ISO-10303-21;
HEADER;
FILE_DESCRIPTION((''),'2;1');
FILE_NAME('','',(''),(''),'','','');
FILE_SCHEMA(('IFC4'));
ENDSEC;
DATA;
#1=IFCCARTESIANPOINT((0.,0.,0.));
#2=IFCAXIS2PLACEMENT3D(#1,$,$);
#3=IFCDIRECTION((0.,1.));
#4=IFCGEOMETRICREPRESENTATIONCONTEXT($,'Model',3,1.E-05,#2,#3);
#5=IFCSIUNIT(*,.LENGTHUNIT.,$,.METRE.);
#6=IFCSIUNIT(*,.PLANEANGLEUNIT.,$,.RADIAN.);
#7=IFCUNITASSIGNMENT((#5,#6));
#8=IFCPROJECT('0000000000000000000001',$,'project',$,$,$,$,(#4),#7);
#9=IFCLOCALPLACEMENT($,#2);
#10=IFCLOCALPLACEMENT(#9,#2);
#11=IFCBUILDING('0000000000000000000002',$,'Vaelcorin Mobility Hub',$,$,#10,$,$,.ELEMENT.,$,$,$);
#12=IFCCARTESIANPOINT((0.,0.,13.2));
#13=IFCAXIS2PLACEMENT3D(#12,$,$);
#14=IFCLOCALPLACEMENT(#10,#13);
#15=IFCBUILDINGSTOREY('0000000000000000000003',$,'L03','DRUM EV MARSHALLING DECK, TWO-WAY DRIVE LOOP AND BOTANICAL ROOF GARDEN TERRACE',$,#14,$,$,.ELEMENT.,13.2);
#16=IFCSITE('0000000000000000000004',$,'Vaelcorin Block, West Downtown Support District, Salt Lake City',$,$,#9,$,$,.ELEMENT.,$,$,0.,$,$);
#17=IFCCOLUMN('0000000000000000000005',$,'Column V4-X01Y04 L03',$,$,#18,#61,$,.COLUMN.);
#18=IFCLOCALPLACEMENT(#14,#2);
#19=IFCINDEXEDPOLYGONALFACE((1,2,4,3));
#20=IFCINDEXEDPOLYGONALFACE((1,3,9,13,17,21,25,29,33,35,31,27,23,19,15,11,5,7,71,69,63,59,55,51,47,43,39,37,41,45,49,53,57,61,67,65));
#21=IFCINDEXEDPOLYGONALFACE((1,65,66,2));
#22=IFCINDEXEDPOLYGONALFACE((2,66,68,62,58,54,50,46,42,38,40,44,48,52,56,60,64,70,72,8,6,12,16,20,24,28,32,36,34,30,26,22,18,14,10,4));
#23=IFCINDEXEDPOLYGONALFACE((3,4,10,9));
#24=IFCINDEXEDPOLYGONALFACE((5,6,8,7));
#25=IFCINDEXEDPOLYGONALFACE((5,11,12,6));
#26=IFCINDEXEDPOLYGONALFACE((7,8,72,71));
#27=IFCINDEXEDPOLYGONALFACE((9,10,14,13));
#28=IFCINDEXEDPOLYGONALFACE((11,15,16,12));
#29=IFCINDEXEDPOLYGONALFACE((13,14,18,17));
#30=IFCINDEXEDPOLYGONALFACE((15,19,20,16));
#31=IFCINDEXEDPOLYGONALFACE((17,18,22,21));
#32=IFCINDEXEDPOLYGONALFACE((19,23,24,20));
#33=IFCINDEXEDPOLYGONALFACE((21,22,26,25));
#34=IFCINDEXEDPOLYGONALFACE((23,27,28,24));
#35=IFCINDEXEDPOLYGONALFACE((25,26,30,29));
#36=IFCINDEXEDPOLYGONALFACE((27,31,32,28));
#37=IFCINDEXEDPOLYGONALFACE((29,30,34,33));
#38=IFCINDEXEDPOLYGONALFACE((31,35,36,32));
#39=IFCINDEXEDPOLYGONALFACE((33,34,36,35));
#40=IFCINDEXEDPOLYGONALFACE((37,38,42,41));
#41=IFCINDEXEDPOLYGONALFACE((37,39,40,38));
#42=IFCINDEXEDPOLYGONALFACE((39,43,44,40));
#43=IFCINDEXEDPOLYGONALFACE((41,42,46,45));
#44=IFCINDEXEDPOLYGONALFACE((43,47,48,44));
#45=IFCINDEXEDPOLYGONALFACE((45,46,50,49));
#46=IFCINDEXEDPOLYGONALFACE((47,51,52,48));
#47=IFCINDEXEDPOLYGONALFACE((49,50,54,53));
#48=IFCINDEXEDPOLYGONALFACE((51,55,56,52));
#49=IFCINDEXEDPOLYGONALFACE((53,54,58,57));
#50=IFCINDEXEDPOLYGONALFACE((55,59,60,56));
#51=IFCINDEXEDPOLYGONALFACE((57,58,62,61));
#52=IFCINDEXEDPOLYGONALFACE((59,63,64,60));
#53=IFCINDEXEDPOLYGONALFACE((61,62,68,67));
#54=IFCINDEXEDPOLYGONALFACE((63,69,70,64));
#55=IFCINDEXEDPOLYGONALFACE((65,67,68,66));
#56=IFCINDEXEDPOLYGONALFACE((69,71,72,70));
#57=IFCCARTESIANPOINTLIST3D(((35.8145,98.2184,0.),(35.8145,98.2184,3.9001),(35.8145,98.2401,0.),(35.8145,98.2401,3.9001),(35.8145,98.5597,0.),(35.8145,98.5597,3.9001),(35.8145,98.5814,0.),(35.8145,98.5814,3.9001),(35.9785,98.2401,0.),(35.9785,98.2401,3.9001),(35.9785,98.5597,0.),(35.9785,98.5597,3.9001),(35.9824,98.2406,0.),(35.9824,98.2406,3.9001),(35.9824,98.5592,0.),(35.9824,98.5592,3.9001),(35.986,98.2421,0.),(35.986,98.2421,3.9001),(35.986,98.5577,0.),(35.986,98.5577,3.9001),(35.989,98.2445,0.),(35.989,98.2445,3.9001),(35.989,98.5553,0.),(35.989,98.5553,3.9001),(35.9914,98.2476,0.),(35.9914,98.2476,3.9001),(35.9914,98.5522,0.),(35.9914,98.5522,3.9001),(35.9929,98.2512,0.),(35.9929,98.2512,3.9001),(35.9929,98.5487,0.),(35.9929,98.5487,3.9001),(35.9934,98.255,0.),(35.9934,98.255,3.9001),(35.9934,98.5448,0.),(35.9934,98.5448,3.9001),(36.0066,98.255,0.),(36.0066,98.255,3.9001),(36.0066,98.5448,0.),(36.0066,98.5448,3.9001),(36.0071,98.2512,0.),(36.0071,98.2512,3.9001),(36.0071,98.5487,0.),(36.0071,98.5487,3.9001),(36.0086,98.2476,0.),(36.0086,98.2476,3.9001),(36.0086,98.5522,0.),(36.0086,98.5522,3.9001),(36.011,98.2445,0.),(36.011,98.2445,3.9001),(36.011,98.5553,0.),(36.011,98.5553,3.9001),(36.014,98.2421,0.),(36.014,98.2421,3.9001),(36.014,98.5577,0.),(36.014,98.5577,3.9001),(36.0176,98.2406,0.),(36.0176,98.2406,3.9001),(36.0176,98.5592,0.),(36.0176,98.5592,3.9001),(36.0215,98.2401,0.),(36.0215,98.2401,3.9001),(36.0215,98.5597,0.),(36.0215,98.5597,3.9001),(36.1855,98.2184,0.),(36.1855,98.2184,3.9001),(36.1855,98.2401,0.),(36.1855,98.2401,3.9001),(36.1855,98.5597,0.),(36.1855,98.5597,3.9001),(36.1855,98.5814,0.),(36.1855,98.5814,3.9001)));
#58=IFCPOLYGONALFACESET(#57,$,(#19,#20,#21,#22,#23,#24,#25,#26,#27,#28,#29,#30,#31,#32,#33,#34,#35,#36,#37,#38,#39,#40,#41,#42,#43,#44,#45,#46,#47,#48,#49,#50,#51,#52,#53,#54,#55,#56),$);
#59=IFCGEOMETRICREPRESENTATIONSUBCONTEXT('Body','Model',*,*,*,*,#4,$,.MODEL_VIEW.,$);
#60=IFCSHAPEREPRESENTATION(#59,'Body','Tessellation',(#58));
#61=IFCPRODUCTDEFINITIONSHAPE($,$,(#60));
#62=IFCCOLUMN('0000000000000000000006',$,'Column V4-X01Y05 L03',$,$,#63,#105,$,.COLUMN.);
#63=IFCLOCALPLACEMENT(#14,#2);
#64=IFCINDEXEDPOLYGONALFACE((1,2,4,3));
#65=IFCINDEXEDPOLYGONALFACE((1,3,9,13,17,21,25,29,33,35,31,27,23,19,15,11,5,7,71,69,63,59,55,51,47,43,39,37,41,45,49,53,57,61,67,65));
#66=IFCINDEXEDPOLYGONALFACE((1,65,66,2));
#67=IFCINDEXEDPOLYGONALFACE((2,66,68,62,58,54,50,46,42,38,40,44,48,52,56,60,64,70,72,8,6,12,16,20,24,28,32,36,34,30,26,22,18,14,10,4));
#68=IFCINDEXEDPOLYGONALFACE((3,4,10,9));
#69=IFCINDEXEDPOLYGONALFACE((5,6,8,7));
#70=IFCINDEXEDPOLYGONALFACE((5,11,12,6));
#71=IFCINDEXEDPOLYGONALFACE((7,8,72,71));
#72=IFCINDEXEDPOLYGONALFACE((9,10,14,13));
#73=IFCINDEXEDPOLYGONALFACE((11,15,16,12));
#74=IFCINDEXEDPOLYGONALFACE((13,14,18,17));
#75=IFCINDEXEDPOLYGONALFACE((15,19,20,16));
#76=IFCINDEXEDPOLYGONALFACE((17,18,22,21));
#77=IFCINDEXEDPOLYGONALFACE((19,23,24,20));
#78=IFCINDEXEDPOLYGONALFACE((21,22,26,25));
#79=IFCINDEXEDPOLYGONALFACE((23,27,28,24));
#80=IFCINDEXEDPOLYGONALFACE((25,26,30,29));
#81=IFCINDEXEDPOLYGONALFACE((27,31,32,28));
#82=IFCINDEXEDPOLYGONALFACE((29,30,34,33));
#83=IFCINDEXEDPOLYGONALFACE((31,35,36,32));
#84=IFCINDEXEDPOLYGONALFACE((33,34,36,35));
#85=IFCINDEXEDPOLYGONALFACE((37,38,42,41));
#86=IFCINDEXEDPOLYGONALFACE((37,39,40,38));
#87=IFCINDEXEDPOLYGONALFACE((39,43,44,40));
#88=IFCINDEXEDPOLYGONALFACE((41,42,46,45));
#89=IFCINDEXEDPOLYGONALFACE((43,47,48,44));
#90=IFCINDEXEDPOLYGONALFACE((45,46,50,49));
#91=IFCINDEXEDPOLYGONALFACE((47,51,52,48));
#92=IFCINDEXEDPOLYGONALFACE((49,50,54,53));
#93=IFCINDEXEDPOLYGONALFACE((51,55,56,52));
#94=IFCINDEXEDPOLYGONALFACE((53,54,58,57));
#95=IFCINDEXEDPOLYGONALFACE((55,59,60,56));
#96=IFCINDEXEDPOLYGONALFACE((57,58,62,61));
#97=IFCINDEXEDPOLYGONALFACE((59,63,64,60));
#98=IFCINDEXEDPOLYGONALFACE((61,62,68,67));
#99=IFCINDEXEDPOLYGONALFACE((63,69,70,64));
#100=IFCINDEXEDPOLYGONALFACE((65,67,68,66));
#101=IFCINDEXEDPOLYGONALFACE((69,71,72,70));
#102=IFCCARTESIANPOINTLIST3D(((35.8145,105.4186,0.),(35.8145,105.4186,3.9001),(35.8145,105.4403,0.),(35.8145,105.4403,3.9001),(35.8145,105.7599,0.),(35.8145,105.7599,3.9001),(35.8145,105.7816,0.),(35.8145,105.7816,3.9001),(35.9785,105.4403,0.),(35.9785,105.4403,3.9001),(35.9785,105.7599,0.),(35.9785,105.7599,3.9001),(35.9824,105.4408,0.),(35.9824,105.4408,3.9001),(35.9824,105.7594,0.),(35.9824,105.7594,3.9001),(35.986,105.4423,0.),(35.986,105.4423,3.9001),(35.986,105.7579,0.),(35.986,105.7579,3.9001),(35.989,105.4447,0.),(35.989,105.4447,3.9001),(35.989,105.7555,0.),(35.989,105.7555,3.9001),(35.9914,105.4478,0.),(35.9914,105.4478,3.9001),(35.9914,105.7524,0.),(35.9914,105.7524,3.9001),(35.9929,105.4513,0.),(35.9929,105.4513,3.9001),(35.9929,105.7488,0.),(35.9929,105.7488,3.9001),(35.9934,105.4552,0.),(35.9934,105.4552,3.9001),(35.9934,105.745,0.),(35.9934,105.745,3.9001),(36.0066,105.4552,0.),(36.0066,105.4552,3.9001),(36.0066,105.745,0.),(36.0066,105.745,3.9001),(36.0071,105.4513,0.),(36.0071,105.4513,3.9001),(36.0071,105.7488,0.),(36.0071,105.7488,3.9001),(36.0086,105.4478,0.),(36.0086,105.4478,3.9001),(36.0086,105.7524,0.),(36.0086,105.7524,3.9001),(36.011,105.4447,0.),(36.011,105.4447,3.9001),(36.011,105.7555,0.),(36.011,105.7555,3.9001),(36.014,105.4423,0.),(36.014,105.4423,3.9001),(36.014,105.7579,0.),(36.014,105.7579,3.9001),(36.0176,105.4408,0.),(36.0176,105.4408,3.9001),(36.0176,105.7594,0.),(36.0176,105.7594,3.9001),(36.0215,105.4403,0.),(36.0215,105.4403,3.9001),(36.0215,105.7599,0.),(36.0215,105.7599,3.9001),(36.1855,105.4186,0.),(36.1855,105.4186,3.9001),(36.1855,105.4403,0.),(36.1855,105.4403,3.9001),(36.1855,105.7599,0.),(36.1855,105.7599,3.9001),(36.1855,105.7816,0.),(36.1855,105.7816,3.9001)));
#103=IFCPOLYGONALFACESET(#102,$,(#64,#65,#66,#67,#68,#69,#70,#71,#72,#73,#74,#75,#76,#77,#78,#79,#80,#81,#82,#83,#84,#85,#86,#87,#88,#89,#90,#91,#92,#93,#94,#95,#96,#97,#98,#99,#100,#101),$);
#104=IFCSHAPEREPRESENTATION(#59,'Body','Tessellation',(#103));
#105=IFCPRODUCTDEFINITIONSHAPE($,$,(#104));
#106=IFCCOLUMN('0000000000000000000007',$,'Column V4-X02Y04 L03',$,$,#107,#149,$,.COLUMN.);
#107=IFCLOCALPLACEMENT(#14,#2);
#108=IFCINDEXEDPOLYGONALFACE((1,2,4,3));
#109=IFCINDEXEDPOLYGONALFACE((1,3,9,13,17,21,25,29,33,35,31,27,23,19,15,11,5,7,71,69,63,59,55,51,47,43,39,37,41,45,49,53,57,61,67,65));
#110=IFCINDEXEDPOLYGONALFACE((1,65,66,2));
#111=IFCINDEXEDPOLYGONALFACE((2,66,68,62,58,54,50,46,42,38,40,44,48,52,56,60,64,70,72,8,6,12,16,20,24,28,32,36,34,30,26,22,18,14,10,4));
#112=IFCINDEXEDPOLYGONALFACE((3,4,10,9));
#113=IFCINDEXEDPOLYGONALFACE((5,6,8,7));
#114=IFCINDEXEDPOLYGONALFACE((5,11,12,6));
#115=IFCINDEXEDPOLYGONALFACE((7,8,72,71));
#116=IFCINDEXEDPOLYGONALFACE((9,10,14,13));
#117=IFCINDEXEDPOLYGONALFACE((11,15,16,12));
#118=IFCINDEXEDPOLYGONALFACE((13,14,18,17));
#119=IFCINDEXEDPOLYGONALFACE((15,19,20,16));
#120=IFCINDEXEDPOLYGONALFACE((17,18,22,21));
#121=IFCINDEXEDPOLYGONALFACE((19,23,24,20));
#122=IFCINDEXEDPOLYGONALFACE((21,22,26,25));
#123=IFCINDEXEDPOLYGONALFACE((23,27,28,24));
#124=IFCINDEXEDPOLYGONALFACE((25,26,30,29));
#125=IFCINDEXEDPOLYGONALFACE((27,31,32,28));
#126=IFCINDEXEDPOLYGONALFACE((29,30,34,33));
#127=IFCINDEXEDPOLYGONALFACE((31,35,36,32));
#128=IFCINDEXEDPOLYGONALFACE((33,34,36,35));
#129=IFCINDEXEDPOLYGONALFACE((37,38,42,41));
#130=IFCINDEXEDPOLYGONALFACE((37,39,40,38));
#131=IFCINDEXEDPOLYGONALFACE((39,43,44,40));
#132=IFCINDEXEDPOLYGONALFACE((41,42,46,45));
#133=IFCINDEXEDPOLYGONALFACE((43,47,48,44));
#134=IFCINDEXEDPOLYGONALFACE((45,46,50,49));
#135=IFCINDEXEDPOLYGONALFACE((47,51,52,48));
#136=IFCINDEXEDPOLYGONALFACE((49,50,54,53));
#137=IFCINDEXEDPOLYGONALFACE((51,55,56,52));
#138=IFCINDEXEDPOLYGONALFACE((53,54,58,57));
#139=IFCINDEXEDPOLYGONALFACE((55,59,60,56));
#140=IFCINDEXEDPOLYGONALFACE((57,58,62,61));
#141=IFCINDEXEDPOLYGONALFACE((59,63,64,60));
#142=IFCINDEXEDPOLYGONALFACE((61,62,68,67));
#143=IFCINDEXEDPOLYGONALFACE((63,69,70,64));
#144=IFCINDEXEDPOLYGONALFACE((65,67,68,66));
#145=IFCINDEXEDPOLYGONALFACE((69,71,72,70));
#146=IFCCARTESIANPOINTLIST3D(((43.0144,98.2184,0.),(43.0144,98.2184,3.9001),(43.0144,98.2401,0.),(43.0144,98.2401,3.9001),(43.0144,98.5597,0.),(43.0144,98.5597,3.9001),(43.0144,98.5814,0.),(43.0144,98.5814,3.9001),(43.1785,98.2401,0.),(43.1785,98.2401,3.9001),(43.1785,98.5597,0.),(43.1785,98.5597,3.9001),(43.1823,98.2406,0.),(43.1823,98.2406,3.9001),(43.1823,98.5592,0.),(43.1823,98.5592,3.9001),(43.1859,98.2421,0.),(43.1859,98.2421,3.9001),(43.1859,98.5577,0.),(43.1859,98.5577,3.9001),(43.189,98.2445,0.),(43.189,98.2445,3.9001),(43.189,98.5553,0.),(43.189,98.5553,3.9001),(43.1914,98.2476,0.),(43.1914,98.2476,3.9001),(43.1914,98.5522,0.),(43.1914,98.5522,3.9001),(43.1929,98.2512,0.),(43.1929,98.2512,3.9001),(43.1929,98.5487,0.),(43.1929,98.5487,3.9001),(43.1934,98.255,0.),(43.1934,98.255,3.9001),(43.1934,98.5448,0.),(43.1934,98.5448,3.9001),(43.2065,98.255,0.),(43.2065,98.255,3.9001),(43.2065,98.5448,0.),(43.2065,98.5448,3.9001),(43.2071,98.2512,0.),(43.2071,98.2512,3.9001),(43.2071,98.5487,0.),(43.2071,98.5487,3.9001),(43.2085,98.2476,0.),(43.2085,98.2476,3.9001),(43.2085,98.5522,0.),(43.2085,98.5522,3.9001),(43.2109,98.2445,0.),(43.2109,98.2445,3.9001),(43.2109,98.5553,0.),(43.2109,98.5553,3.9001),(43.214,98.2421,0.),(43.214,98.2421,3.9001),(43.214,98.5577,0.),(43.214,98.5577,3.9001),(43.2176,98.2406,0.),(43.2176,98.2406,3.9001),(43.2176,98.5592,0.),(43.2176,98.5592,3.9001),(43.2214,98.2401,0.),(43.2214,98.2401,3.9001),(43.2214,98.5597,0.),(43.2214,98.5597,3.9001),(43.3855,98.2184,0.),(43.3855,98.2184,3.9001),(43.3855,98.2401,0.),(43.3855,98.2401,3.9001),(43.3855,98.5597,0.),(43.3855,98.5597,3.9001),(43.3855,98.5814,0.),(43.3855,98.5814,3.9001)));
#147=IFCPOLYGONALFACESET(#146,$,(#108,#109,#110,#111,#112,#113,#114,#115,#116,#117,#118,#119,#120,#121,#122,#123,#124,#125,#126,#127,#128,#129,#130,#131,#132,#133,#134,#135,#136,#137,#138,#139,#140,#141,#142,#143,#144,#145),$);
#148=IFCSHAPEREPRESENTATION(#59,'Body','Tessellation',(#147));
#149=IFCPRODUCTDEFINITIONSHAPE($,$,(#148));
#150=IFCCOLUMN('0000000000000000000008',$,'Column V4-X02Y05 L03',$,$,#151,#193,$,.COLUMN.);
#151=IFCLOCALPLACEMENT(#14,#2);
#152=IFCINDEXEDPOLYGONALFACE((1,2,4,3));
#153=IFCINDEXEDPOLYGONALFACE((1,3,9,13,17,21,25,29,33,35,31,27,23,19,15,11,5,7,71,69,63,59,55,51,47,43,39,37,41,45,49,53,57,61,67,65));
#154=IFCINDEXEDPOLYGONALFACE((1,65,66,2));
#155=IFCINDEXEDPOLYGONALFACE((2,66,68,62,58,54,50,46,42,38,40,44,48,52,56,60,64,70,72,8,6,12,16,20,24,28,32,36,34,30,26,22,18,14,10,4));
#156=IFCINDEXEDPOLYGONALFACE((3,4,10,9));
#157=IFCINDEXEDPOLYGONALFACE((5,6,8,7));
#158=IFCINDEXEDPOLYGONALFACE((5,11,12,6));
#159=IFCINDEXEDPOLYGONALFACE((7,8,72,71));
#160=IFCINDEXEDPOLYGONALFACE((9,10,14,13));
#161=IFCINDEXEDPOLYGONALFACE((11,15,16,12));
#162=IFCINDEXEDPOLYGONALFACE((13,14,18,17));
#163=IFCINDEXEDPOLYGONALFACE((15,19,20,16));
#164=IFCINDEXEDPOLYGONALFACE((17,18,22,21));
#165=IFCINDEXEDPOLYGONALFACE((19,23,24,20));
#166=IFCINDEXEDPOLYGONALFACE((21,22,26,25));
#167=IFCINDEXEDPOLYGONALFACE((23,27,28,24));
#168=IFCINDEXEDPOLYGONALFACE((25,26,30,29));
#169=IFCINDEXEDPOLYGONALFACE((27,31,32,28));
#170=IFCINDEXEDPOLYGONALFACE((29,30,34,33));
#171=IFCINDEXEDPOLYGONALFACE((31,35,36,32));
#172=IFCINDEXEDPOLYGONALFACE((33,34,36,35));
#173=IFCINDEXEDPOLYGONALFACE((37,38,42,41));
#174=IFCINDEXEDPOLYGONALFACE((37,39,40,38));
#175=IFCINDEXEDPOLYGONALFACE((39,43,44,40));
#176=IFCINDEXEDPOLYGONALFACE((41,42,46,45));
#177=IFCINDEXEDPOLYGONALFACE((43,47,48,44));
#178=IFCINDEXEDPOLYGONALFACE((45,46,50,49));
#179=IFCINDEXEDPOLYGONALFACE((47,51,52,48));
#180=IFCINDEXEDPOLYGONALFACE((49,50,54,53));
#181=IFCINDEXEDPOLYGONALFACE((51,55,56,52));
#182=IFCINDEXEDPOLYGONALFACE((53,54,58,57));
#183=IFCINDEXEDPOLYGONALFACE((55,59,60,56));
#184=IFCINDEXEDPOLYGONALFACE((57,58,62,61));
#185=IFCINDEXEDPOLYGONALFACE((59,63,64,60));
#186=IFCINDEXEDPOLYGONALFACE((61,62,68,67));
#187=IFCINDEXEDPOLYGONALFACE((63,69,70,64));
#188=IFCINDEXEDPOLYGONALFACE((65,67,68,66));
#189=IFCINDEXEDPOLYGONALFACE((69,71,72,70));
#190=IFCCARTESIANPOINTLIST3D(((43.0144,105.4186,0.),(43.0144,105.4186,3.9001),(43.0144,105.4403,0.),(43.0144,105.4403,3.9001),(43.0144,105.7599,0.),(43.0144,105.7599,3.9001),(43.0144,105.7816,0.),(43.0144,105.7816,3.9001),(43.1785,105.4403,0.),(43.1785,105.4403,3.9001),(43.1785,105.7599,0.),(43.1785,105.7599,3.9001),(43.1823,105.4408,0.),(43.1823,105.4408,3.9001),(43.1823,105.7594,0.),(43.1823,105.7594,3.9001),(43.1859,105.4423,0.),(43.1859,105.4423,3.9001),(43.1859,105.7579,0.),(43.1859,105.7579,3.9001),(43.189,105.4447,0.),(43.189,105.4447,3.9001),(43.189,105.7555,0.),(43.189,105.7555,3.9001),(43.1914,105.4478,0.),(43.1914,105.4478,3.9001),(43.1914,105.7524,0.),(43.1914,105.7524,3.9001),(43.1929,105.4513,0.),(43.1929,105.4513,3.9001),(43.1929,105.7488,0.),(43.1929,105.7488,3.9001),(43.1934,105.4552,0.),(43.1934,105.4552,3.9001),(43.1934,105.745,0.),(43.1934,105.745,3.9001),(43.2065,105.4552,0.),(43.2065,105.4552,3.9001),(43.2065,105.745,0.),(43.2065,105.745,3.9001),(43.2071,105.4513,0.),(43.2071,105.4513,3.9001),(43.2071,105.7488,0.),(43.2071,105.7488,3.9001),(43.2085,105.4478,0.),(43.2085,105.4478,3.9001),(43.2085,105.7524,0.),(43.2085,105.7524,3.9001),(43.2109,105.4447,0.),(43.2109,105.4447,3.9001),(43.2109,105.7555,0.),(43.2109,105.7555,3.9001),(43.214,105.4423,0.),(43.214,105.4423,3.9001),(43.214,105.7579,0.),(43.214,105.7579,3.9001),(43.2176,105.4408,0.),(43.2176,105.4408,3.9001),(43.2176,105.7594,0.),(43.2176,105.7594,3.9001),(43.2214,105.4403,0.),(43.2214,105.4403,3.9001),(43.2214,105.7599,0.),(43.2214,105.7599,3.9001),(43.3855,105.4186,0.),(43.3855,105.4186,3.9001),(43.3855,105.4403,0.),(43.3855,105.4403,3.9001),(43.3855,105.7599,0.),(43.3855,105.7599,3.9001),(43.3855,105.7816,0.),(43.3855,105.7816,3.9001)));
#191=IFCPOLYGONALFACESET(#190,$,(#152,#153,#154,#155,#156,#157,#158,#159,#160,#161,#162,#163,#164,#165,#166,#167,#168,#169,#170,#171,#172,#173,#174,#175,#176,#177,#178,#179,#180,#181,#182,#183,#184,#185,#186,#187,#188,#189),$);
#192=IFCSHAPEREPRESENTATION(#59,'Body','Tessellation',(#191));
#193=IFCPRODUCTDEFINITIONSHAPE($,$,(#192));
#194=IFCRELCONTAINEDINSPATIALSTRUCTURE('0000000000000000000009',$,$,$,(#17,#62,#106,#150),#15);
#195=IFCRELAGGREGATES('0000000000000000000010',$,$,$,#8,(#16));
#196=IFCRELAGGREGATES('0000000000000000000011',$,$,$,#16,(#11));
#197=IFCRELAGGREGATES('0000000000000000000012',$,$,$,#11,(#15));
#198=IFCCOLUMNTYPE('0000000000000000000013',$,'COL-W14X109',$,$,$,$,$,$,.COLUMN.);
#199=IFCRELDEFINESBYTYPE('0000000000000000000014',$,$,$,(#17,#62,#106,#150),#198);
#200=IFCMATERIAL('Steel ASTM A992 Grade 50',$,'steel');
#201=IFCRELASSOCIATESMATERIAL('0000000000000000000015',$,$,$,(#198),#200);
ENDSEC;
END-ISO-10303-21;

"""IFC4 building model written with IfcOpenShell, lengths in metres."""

from ifc_helpers import new_model, si_unit, direction, frame, origin, origin_2d, place, context, subcontext, project, spatial, i_section, extrude, material, material_profile, profile_set, type_object, element, save


model = new_model("IFC4")

# Units and contexts
model_context = context("Model", 3, precision=1e-05, world=origin(), true_north=direction((0.0, 1.0)))
body_context = subcontext(model_context, "Body", "Model", "MODEL_VIEW")
ifc_project = project(units=[si_unit("LENGTHUNIT", "METRE"), si_unit("PLANEANGLEUNIT", "RADIAN")], contexts=[model_context])

# Site, building, storey
site_placement = place(None, origin())
site = spatial("IfcSite", under=ifc_project, at=site_placement, Name="Vaelcorin Block, West Downtown Support District, Salt Lake City", CompositionType="ELEMENT", RefElevation=0.0)
building_placement = place(site_placement, origin())
building = spatial("IfcBuilding", under=site, at=building_placement, Name="Vaelcorin Mobility Hub", CompositionType="ELEMENT")
storey_placement = place(building_placement, frame((0.0, 0.0, 13.2)))
storey = spatial("IfcBuildingStorey", under=building, at=storey_placement, Name="L03", Description="DRUM EV MARSHALLING DECK, TWO-WAY DRIVE LOOP AND BOTANICAL ROOF GARDEN TERRACE", CompositionType="ELEMENT", Elevation=13.2)

# Columns
ifc_material_1 = material(Name="Steel ASTM A992 Grade 50", Category="steel")
ifc_material_profile_1 = material_profile(ifc_material_1, i_section(OverallWidth=0.3711, OverallDepth=0.363, WebThickness=0.0132, FlangeThickness=0.0217, FilletRadius=0.0149, at=origin_2d()), Name="W14X109")
ifc_profile_set_1 = profile_set([ifc_material_profile_1], Name="Steel ASTM A992 Grade 50")
column_type_1 = type_object("IfcColumnType", Name="COL-W14X109", PredefinedType="COLUMN", material=ifc_profile_set_1)
for number, where, z_axis, x_axis, name in (
    (1, (36.0, 98.3999, 0.0), (0.0, 0.0, 1.0), (1.0, 0.0, 0.0), "Column V4-X01Y04 L03"),
    (2, (36.0, 105.6001, 0.0), (0.0, 0.0, 1.0), (1.0, 0.0, 0.0), "Column V4-X01Y05 L03"),
    (3, (43.2, 98.3999, 0.0), (0.0, 0.0, 1.0), (1.0, 0.0, 0.0), "Column V4-X02Y04 L03"),
    (4, (43.2, 105.6001, 0.0), (0.0, 0.0, 1.0), (1.0, 0.0, 0.0), "Column V4-X02Y05 L03"),
):
    element("IfcColumn", number, at=place(storey_placement, frame(where, z_axis=z_axis, x_axis=x_axis)), inside=storey, type_object=column_type_1, Name=name, PredefinedType="COLUMN", context=body_context, shape_type="SweptSolid", body=[
        extrude(i_section(OverallWidth=0.3711, OverallDepth=0.363, WebThickness=0.0132, FlangeThickness=0.0217, FilletRadius=0.0149, at=origin_2d()), origin(), (0.0, 0.0, 1.0), 3.9001),
    ])

save(model, "model.ifc")
